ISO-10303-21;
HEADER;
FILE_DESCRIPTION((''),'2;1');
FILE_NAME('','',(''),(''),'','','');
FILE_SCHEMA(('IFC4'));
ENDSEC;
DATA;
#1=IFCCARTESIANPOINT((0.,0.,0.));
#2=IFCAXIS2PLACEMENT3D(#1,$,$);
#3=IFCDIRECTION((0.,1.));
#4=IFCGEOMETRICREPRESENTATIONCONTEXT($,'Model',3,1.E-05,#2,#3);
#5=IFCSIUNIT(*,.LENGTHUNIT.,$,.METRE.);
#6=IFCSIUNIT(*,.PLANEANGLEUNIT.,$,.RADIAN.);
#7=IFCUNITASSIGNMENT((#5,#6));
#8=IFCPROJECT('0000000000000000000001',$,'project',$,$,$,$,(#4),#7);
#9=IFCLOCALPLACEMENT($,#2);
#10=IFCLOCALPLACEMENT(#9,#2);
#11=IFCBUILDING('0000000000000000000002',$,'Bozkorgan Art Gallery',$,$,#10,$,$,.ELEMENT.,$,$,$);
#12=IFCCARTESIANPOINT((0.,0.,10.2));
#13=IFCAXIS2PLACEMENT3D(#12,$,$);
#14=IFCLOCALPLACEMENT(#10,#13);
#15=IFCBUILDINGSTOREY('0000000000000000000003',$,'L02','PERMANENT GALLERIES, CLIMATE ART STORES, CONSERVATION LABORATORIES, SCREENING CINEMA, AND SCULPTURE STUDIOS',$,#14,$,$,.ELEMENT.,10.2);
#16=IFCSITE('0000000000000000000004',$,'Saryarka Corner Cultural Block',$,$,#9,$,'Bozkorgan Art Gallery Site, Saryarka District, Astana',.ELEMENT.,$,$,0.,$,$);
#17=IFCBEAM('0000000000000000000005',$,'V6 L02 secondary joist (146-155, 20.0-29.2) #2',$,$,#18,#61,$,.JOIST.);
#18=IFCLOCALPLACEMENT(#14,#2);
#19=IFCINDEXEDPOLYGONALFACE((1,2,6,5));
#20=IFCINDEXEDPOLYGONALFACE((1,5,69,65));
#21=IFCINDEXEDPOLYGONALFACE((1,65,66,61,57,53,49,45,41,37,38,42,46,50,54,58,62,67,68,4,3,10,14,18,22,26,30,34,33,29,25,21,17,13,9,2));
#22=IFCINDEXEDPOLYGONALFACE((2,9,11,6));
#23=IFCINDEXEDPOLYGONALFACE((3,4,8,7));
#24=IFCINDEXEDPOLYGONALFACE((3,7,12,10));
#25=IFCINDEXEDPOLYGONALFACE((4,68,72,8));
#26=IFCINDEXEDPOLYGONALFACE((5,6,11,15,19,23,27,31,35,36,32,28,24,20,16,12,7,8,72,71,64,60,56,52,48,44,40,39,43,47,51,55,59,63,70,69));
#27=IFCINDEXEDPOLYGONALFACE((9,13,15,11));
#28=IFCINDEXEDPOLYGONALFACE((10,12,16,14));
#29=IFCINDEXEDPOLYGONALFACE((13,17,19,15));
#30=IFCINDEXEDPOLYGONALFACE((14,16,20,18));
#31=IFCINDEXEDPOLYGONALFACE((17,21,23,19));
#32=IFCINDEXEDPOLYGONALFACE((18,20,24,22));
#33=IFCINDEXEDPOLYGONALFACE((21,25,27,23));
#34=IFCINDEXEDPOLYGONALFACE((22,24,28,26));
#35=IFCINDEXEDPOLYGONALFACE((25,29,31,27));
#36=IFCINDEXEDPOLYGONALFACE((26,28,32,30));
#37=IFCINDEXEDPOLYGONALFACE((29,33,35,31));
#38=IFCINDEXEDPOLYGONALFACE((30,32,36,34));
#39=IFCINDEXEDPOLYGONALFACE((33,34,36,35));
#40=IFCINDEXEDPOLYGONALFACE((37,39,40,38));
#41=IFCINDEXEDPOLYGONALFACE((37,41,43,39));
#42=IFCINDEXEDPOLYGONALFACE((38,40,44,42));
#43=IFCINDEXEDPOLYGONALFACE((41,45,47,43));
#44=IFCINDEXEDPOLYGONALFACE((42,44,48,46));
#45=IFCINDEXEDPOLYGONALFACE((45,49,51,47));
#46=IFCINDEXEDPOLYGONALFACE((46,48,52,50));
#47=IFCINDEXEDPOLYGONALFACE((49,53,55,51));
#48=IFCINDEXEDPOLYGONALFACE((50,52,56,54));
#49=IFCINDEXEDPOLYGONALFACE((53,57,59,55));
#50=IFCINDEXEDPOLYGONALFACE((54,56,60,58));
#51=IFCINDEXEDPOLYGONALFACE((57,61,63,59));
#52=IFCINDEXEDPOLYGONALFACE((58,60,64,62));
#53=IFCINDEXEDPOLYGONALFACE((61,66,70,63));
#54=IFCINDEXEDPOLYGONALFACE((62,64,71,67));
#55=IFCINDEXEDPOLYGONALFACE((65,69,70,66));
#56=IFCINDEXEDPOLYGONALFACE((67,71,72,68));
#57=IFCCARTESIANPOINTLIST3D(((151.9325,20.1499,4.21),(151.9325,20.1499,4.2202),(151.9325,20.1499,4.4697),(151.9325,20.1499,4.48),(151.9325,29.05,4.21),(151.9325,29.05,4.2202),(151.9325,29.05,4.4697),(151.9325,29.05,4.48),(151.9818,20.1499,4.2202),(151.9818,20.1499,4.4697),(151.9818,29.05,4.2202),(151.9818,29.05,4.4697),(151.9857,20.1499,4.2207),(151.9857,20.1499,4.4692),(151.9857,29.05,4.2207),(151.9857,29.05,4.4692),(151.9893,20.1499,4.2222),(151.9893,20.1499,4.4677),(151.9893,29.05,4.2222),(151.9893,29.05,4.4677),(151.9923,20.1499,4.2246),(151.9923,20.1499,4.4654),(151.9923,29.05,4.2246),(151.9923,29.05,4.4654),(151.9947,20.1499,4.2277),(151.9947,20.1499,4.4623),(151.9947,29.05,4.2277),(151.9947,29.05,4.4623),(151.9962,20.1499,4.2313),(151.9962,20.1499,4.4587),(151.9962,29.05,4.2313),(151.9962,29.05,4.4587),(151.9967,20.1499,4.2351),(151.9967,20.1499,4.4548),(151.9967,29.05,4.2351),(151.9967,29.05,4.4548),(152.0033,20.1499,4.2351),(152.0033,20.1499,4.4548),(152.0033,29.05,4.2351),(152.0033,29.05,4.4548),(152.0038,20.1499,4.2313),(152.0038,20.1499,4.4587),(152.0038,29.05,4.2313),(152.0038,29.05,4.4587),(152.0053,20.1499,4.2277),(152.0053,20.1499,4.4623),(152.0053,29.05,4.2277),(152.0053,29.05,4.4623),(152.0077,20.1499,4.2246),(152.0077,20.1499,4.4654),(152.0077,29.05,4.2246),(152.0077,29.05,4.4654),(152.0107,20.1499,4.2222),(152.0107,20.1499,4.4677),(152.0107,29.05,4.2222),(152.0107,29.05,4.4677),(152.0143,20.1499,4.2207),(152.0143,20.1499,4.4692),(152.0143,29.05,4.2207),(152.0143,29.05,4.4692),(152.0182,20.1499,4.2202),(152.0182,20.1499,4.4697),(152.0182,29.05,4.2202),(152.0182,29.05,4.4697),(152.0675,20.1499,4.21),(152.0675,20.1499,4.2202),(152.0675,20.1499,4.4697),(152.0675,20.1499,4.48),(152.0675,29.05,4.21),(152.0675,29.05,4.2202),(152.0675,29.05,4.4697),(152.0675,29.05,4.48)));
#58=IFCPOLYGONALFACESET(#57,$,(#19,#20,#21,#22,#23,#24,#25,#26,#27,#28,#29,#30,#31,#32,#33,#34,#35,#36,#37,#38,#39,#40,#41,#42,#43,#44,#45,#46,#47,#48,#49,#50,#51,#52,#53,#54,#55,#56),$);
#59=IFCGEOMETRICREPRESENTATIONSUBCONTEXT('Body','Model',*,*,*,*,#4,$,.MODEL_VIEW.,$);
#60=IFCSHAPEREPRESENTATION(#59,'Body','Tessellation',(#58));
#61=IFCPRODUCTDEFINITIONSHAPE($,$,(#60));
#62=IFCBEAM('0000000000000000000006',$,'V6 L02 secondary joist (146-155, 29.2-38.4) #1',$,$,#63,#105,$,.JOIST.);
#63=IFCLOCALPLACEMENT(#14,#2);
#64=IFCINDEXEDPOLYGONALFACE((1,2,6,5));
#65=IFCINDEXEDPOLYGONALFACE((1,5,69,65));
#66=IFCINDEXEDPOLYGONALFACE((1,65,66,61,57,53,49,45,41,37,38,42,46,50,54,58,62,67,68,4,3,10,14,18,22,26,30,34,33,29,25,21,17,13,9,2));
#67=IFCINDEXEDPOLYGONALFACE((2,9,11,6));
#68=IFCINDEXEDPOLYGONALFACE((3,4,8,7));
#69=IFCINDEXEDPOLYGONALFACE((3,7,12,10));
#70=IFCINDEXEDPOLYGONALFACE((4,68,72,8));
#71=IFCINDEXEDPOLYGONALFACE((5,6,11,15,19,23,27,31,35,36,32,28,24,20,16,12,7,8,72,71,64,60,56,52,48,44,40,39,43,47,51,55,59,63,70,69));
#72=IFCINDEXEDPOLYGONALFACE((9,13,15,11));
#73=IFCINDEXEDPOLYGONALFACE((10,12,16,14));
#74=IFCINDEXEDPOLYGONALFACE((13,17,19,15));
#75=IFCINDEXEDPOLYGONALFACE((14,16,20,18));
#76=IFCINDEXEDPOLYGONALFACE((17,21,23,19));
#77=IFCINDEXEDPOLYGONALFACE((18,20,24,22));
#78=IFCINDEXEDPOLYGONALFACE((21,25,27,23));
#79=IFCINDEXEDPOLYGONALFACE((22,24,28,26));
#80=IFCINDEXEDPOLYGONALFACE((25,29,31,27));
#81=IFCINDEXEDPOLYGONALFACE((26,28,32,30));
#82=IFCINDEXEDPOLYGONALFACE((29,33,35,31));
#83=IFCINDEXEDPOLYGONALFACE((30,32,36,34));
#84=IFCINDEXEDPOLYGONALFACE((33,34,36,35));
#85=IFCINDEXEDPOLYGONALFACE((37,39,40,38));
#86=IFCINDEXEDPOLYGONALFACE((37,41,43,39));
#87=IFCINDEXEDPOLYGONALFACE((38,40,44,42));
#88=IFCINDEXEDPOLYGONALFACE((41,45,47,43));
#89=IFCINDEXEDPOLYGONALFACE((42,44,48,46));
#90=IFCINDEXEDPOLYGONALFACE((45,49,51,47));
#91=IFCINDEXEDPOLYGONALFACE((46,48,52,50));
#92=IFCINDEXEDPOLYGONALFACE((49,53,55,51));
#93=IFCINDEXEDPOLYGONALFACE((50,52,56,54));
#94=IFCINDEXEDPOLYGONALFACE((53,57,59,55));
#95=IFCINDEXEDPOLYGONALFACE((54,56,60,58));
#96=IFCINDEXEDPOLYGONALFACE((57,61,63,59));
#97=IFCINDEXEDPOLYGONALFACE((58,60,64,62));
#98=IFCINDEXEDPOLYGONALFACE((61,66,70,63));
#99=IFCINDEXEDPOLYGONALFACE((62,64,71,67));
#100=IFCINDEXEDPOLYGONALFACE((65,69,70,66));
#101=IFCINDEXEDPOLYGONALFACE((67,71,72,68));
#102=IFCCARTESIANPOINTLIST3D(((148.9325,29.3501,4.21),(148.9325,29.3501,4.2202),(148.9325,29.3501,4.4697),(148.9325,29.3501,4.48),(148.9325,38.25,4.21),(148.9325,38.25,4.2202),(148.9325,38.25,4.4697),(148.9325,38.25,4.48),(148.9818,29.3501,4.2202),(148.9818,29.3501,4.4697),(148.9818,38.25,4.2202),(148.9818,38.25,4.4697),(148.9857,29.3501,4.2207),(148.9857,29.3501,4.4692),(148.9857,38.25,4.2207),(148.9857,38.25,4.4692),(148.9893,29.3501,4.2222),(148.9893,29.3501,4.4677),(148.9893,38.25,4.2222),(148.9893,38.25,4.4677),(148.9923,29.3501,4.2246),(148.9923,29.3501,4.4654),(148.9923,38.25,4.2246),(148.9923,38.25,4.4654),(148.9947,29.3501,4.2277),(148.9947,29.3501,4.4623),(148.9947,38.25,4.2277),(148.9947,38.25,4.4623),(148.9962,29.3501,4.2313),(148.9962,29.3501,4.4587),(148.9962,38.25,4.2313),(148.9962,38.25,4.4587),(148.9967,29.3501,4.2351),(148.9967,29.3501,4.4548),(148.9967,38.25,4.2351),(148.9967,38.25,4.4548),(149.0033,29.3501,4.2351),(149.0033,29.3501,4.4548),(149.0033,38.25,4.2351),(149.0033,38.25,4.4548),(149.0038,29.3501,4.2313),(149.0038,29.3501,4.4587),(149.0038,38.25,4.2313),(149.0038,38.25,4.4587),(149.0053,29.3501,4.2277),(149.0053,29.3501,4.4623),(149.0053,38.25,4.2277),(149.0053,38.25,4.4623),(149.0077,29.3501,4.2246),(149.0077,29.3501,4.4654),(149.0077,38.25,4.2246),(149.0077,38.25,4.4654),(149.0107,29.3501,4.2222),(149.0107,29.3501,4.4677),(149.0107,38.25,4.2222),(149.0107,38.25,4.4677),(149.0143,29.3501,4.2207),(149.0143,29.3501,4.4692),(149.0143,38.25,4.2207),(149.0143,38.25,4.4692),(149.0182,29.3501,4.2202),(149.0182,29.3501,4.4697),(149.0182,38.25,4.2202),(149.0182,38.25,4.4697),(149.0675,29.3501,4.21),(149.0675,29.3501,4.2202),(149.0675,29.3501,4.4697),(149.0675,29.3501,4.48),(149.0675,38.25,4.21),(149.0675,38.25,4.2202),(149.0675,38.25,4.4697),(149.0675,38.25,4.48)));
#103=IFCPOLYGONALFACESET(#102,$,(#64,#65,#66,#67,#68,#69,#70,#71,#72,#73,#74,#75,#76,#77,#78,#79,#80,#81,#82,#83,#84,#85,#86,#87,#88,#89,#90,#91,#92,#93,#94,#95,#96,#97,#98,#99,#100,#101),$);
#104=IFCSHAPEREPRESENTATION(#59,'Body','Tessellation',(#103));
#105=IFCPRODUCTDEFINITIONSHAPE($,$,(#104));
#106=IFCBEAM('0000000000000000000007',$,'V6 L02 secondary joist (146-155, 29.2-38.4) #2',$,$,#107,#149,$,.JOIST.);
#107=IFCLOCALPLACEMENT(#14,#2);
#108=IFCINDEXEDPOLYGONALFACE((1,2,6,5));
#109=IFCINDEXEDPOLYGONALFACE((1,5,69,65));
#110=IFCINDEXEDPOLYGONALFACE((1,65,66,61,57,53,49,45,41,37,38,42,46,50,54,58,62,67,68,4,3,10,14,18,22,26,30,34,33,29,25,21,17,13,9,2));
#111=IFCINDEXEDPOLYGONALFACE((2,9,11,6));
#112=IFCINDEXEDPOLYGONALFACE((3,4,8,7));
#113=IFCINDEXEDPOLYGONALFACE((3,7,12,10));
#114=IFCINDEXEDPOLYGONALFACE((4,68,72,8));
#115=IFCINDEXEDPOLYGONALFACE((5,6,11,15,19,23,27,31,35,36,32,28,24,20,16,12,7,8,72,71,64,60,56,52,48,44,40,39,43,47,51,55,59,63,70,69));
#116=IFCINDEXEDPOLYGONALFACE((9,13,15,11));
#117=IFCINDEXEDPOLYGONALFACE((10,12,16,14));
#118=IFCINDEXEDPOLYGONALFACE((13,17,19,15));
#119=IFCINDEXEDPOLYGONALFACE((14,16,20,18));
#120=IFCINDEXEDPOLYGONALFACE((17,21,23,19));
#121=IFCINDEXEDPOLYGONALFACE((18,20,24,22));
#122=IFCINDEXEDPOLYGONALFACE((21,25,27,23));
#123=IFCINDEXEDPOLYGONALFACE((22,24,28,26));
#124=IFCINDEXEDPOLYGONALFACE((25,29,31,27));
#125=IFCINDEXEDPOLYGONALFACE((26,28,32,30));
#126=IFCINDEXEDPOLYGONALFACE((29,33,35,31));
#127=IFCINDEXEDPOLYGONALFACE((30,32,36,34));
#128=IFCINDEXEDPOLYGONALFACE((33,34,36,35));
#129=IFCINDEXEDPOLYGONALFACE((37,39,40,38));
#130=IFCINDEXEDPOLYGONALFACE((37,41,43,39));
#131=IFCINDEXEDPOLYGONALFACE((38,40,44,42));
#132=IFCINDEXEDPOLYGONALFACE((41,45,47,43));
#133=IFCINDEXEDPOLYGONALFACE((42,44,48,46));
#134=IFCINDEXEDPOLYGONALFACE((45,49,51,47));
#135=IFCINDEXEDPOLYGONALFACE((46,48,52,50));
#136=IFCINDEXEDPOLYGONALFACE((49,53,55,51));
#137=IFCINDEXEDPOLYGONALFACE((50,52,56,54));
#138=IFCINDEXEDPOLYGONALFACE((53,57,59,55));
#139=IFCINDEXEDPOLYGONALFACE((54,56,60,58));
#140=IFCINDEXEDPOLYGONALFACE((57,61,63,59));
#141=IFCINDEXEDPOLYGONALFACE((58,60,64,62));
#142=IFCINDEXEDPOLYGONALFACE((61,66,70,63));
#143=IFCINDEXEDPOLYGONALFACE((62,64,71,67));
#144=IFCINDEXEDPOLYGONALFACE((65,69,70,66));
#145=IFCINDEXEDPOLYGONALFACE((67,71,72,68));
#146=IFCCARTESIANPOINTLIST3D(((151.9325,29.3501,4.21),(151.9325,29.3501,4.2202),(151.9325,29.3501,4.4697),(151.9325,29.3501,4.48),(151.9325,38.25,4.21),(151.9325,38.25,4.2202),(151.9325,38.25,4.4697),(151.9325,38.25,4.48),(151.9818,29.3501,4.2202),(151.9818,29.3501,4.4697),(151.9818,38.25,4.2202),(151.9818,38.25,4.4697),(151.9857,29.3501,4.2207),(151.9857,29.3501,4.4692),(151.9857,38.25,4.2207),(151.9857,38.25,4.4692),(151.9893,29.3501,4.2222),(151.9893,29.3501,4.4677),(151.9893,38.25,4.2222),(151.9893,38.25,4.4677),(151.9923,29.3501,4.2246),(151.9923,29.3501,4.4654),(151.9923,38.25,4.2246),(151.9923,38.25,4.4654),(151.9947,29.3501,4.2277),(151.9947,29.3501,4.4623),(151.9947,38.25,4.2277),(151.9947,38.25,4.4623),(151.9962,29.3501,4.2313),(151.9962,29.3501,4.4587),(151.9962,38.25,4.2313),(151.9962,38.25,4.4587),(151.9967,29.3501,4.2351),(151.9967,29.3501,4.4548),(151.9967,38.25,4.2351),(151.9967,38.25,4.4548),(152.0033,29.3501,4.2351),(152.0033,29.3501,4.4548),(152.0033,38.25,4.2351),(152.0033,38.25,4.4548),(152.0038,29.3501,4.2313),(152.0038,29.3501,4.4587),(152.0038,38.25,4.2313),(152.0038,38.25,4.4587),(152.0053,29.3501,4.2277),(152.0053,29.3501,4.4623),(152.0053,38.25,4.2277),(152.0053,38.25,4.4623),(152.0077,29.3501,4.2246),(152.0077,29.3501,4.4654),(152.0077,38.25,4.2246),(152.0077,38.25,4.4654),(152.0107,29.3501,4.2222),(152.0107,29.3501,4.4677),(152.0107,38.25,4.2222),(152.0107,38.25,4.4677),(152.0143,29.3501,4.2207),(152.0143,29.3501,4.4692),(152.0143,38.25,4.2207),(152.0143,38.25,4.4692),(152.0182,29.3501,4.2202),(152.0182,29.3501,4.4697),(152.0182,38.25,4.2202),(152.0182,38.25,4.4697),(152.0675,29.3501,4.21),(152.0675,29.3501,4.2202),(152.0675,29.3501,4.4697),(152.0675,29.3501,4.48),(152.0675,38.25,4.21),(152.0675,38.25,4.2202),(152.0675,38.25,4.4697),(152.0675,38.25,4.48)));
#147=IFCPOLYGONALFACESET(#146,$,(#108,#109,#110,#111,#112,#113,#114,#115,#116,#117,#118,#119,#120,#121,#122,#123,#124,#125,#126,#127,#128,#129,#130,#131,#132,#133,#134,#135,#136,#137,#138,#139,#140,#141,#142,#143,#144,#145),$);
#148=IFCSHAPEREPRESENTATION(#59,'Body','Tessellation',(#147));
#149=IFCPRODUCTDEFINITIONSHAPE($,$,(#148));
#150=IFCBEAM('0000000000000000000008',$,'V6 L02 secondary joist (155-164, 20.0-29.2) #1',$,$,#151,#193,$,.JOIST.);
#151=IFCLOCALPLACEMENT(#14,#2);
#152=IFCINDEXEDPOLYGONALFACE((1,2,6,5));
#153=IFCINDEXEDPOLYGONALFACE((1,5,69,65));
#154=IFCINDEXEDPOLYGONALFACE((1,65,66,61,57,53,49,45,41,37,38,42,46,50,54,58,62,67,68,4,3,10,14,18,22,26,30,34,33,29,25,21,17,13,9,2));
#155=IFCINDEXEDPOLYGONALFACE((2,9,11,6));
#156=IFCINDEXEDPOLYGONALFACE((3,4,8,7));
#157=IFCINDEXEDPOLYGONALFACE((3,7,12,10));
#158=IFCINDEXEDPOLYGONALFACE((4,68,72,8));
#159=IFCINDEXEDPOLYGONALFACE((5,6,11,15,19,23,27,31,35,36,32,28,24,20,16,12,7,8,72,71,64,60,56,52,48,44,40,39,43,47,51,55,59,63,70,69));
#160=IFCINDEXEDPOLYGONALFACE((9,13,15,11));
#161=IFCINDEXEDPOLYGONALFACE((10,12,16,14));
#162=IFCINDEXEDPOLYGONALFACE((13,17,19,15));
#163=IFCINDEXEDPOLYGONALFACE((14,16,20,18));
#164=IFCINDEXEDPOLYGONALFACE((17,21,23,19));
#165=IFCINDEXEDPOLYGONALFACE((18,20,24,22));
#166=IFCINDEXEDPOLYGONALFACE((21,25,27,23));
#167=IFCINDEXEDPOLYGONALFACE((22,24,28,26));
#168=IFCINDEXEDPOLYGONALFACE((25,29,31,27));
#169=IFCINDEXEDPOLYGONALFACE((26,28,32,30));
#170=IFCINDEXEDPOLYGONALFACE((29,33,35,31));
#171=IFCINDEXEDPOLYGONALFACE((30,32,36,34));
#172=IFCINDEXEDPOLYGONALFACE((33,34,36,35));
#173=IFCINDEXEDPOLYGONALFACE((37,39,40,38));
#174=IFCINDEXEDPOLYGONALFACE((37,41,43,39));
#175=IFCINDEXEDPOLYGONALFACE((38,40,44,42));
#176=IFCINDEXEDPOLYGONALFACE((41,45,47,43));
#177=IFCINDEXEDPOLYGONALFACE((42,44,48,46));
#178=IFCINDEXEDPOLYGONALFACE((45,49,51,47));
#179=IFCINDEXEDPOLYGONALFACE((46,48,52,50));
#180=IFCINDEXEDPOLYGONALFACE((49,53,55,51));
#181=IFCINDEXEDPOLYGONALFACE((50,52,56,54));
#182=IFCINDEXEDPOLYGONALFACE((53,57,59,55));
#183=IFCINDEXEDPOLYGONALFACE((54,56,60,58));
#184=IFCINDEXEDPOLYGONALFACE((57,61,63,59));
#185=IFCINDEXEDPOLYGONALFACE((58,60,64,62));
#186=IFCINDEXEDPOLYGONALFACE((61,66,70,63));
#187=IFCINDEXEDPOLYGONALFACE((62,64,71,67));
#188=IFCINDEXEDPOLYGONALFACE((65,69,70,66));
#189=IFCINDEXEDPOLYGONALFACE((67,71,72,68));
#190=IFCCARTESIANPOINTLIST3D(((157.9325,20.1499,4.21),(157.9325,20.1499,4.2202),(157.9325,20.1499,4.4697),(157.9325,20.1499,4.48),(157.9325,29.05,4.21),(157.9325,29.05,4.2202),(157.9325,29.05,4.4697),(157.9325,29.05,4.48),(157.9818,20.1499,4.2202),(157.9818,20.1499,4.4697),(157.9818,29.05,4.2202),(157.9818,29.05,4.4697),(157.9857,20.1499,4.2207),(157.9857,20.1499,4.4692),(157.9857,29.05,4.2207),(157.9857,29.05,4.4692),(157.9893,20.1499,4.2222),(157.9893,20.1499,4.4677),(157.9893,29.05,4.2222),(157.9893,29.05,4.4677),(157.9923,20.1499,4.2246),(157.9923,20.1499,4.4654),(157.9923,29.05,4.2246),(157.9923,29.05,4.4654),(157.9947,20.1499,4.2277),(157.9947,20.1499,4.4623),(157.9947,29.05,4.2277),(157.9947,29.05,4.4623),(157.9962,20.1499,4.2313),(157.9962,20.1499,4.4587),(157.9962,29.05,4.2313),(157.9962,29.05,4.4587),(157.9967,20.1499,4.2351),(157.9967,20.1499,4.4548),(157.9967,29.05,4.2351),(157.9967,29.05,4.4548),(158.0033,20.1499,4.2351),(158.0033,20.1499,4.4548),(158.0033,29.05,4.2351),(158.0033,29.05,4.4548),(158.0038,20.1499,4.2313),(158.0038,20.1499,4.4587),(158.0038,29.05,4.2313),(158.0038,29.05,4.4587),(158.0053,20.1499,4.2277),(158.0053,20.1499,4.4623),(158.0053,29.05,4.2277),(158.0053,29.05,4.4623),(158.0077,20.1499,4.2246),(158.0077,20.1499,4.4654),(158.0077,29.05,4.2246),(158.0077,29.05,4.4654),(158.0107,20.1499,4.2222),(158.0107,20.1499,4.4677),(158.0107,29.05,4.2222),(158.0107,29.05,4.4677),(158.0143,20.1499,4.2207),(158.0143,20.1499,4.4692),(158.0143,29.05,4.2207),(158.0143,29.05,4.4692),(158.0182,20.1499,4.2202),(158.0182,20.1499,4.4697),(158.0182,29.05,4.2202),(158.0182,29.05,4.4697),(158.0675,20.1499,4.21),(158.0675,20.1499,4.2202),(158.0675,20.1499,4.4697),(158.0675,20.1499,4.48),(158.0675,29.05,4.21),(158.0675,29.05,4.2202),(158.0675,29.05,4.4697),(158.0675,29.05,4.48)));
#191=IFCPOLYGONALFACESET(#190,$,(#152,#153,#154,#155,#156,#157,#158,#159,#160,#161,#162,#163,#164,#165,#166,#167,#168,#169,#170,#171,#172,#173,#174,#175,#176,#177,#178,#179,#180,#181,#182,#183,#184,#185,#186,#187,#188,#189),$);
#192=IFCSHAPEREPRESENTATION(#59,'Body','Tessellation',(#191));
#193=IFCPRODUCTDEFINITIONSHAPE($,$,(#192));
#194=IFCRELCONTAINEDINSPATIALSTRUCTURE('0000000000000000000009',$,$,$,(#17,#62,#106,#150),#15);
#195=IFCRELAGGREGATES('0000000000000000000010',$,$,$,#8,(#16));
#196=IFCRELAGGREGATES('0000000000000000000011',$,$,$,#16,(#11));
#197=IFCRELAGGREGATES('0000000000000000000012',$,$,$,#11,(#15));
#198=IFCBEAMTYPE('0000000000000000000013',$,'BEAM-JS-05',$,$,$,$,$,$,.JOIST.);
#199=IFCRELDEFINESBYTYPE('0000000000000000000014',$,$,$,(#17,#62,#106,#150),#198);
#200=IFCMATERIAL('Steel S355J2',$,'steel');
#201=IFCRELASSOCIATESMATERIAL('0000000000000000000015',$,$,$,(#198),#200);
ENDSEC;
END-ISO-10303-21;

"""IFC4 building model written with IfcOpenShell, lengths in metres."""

from ifc_helpers import new_model, si_unit, direction, frame, origin, origin_2d, place, context, subcontext, project, spatial, i_section, extrude, material, material_profile, profile_set, type_object, element, save


model = new_model("IFC4")

# Units and contexts
model_context = context("Model", 3, precision=1e-05, world=origin(), true_north=direction((0.0, 1.0)))
body_context = subcontext(model_context, "Body", "Model", "MODEL_VIEW")
ifc_project = project(units=[si_unit("LENGTHUNIT", "METRE"), si_unit("PLANEANGLEUNIT", "RADIAN")], contexts=[model_context])

# Site, building, storey
site_placement = place(None, origin())
site = spatial("IfcSite", under=ifc_project, at=site_placement, Name="Saryarka Corner Cultural Block", LongName="Bozkorgan Art Gallery Site, Saryarka District, Astana", CompositionType="ELEMENT", RefElevation=0.0)
building_placement = place(site_placement, origin())
building = spatial("IfcBuilding", under=site, at=building_placement, Name="Bozkorgan Art Gallery", CompositionType="ELEMENT")
storey_placement = place(building_placement, frame((0.0, 0.0, 10.2)))
storey = spatial("IfcBuildingStorey", under=building, at=storey_placement, Name="L02", Description="PERMANENT GALLERIES, CLIMATE ART STORES, CONSERVATION LABORATORIES, SCREENING CINEMA, AND SCULPTURE STUDIOS", CompositionType="ELEMENT", Elevation=10.2)

# Shared definitions
ifc_material_1 = material(Name="Steel S355J2", Category="steel")

# Beams
ifc_material_profile_1 = material_profile(ifc_material_1, i_section(OverallWidth=0.135, OverallDepth=0.27, WebThickness=0.0066, FlangeThickness=0.0103, FilletRadius=0.0149, at=origin_2d()), Name="IPE 270")
ifc_profile_set_1 = profile_set([ifc_material_profile_1], Name="Steel S355J2")
beam_type_1 = type_object("IfcBeamType", Name="BEAM-JS-05", PredefinedType="JOIST", material=ifc_profile_set_1)
for number, where, z_axis, x_axis, name in (
    (1, (152.0, 20.1499, 4.345), (0.0, 1.0, 0.0), (-1.0, 0.0, 0.0), "V6 L02 secondary joist (146-155, 20.0-29.2) #2"),
):
    element("IfcBeam", number, at=place(storey_placement, frame(where, z_axis=z_axis, x_axis=x_axis)), inside=storey, type_object=beam_type_1, Name=name, PredefinedType="JOIST", context=body_context, shape_type="SweptSolid", body=[
        extrude(i_section(OverallWidth=0.135, OverallDepth=0.27, WebThickness=0.0066, FlangeThickness=0.0103, FilletRadius=0.0149, at=origin_2d()), origin(), (0.0, 0.0, 1.0), 8.9001),
    ])
for number, where, z_axis, x_axis, name in (
    (2, (149.0, 29.3501, 4.345), (0.0, 1.0, 0.0), (-1.0, 0.0, 0.0), "V6 L02 secondary joist (146-155, 29.2-38.4) #1"),
    (3, (152.0, 29.3501, 4.345), (0.0, 1.0, 0.0), (-1.0, 0.0, 0.0), "V6 L02 secondary joist (146-155, 29.2-38.4) #2"),
):
    element("IfcBeam", number, at=place(storey_placement, frame(where, z_axis=z_axis, x_axis=x_axis)), inside=storey, type_object=beam_type_1, Name=name, PredefinedType="JOIST", context=body_context, shape_type="SweptSolid", body=[
        extrude(i_section(OverallWidth=0.135, OverallDepth=0.27, WebThickness=0.0066, FlangeThickness=0.0103, FilletRadius=0.0149, at=origin_2d()), origin(), (0.0, 0.0, 1.0), 8.8999),
    ])
for number, where, z_axis, x_axis, name in (
    (4, (158.0, 20.1499, 4.345), (0.0, 1.0, 0.0), (-1.0, 0.0, 0.0), "V6 L02 secondary joist (155-164, 20.0-29.2) #1"),
):
    element("IfcBeam", number, at=place(storey_placement, frame(where, z_axis=z_axis, x_axis=x_axis)), inside=storey, type_object=beam_type_1, Name=name, PredefinedType="JOIST", context=body_context, shape_type="SweptSolid", body=[
        extrude(i_section(OverallWidth=0.135, OverallDepth=0.27, WebThickness=0.0066, FlangeThickness=0.0103, FilletRadius=0.0149, at=origin_2d()), origin(), (0.0, 0.0, 1.0), 8.9001),
    ])

save(model, "model.ifc")
